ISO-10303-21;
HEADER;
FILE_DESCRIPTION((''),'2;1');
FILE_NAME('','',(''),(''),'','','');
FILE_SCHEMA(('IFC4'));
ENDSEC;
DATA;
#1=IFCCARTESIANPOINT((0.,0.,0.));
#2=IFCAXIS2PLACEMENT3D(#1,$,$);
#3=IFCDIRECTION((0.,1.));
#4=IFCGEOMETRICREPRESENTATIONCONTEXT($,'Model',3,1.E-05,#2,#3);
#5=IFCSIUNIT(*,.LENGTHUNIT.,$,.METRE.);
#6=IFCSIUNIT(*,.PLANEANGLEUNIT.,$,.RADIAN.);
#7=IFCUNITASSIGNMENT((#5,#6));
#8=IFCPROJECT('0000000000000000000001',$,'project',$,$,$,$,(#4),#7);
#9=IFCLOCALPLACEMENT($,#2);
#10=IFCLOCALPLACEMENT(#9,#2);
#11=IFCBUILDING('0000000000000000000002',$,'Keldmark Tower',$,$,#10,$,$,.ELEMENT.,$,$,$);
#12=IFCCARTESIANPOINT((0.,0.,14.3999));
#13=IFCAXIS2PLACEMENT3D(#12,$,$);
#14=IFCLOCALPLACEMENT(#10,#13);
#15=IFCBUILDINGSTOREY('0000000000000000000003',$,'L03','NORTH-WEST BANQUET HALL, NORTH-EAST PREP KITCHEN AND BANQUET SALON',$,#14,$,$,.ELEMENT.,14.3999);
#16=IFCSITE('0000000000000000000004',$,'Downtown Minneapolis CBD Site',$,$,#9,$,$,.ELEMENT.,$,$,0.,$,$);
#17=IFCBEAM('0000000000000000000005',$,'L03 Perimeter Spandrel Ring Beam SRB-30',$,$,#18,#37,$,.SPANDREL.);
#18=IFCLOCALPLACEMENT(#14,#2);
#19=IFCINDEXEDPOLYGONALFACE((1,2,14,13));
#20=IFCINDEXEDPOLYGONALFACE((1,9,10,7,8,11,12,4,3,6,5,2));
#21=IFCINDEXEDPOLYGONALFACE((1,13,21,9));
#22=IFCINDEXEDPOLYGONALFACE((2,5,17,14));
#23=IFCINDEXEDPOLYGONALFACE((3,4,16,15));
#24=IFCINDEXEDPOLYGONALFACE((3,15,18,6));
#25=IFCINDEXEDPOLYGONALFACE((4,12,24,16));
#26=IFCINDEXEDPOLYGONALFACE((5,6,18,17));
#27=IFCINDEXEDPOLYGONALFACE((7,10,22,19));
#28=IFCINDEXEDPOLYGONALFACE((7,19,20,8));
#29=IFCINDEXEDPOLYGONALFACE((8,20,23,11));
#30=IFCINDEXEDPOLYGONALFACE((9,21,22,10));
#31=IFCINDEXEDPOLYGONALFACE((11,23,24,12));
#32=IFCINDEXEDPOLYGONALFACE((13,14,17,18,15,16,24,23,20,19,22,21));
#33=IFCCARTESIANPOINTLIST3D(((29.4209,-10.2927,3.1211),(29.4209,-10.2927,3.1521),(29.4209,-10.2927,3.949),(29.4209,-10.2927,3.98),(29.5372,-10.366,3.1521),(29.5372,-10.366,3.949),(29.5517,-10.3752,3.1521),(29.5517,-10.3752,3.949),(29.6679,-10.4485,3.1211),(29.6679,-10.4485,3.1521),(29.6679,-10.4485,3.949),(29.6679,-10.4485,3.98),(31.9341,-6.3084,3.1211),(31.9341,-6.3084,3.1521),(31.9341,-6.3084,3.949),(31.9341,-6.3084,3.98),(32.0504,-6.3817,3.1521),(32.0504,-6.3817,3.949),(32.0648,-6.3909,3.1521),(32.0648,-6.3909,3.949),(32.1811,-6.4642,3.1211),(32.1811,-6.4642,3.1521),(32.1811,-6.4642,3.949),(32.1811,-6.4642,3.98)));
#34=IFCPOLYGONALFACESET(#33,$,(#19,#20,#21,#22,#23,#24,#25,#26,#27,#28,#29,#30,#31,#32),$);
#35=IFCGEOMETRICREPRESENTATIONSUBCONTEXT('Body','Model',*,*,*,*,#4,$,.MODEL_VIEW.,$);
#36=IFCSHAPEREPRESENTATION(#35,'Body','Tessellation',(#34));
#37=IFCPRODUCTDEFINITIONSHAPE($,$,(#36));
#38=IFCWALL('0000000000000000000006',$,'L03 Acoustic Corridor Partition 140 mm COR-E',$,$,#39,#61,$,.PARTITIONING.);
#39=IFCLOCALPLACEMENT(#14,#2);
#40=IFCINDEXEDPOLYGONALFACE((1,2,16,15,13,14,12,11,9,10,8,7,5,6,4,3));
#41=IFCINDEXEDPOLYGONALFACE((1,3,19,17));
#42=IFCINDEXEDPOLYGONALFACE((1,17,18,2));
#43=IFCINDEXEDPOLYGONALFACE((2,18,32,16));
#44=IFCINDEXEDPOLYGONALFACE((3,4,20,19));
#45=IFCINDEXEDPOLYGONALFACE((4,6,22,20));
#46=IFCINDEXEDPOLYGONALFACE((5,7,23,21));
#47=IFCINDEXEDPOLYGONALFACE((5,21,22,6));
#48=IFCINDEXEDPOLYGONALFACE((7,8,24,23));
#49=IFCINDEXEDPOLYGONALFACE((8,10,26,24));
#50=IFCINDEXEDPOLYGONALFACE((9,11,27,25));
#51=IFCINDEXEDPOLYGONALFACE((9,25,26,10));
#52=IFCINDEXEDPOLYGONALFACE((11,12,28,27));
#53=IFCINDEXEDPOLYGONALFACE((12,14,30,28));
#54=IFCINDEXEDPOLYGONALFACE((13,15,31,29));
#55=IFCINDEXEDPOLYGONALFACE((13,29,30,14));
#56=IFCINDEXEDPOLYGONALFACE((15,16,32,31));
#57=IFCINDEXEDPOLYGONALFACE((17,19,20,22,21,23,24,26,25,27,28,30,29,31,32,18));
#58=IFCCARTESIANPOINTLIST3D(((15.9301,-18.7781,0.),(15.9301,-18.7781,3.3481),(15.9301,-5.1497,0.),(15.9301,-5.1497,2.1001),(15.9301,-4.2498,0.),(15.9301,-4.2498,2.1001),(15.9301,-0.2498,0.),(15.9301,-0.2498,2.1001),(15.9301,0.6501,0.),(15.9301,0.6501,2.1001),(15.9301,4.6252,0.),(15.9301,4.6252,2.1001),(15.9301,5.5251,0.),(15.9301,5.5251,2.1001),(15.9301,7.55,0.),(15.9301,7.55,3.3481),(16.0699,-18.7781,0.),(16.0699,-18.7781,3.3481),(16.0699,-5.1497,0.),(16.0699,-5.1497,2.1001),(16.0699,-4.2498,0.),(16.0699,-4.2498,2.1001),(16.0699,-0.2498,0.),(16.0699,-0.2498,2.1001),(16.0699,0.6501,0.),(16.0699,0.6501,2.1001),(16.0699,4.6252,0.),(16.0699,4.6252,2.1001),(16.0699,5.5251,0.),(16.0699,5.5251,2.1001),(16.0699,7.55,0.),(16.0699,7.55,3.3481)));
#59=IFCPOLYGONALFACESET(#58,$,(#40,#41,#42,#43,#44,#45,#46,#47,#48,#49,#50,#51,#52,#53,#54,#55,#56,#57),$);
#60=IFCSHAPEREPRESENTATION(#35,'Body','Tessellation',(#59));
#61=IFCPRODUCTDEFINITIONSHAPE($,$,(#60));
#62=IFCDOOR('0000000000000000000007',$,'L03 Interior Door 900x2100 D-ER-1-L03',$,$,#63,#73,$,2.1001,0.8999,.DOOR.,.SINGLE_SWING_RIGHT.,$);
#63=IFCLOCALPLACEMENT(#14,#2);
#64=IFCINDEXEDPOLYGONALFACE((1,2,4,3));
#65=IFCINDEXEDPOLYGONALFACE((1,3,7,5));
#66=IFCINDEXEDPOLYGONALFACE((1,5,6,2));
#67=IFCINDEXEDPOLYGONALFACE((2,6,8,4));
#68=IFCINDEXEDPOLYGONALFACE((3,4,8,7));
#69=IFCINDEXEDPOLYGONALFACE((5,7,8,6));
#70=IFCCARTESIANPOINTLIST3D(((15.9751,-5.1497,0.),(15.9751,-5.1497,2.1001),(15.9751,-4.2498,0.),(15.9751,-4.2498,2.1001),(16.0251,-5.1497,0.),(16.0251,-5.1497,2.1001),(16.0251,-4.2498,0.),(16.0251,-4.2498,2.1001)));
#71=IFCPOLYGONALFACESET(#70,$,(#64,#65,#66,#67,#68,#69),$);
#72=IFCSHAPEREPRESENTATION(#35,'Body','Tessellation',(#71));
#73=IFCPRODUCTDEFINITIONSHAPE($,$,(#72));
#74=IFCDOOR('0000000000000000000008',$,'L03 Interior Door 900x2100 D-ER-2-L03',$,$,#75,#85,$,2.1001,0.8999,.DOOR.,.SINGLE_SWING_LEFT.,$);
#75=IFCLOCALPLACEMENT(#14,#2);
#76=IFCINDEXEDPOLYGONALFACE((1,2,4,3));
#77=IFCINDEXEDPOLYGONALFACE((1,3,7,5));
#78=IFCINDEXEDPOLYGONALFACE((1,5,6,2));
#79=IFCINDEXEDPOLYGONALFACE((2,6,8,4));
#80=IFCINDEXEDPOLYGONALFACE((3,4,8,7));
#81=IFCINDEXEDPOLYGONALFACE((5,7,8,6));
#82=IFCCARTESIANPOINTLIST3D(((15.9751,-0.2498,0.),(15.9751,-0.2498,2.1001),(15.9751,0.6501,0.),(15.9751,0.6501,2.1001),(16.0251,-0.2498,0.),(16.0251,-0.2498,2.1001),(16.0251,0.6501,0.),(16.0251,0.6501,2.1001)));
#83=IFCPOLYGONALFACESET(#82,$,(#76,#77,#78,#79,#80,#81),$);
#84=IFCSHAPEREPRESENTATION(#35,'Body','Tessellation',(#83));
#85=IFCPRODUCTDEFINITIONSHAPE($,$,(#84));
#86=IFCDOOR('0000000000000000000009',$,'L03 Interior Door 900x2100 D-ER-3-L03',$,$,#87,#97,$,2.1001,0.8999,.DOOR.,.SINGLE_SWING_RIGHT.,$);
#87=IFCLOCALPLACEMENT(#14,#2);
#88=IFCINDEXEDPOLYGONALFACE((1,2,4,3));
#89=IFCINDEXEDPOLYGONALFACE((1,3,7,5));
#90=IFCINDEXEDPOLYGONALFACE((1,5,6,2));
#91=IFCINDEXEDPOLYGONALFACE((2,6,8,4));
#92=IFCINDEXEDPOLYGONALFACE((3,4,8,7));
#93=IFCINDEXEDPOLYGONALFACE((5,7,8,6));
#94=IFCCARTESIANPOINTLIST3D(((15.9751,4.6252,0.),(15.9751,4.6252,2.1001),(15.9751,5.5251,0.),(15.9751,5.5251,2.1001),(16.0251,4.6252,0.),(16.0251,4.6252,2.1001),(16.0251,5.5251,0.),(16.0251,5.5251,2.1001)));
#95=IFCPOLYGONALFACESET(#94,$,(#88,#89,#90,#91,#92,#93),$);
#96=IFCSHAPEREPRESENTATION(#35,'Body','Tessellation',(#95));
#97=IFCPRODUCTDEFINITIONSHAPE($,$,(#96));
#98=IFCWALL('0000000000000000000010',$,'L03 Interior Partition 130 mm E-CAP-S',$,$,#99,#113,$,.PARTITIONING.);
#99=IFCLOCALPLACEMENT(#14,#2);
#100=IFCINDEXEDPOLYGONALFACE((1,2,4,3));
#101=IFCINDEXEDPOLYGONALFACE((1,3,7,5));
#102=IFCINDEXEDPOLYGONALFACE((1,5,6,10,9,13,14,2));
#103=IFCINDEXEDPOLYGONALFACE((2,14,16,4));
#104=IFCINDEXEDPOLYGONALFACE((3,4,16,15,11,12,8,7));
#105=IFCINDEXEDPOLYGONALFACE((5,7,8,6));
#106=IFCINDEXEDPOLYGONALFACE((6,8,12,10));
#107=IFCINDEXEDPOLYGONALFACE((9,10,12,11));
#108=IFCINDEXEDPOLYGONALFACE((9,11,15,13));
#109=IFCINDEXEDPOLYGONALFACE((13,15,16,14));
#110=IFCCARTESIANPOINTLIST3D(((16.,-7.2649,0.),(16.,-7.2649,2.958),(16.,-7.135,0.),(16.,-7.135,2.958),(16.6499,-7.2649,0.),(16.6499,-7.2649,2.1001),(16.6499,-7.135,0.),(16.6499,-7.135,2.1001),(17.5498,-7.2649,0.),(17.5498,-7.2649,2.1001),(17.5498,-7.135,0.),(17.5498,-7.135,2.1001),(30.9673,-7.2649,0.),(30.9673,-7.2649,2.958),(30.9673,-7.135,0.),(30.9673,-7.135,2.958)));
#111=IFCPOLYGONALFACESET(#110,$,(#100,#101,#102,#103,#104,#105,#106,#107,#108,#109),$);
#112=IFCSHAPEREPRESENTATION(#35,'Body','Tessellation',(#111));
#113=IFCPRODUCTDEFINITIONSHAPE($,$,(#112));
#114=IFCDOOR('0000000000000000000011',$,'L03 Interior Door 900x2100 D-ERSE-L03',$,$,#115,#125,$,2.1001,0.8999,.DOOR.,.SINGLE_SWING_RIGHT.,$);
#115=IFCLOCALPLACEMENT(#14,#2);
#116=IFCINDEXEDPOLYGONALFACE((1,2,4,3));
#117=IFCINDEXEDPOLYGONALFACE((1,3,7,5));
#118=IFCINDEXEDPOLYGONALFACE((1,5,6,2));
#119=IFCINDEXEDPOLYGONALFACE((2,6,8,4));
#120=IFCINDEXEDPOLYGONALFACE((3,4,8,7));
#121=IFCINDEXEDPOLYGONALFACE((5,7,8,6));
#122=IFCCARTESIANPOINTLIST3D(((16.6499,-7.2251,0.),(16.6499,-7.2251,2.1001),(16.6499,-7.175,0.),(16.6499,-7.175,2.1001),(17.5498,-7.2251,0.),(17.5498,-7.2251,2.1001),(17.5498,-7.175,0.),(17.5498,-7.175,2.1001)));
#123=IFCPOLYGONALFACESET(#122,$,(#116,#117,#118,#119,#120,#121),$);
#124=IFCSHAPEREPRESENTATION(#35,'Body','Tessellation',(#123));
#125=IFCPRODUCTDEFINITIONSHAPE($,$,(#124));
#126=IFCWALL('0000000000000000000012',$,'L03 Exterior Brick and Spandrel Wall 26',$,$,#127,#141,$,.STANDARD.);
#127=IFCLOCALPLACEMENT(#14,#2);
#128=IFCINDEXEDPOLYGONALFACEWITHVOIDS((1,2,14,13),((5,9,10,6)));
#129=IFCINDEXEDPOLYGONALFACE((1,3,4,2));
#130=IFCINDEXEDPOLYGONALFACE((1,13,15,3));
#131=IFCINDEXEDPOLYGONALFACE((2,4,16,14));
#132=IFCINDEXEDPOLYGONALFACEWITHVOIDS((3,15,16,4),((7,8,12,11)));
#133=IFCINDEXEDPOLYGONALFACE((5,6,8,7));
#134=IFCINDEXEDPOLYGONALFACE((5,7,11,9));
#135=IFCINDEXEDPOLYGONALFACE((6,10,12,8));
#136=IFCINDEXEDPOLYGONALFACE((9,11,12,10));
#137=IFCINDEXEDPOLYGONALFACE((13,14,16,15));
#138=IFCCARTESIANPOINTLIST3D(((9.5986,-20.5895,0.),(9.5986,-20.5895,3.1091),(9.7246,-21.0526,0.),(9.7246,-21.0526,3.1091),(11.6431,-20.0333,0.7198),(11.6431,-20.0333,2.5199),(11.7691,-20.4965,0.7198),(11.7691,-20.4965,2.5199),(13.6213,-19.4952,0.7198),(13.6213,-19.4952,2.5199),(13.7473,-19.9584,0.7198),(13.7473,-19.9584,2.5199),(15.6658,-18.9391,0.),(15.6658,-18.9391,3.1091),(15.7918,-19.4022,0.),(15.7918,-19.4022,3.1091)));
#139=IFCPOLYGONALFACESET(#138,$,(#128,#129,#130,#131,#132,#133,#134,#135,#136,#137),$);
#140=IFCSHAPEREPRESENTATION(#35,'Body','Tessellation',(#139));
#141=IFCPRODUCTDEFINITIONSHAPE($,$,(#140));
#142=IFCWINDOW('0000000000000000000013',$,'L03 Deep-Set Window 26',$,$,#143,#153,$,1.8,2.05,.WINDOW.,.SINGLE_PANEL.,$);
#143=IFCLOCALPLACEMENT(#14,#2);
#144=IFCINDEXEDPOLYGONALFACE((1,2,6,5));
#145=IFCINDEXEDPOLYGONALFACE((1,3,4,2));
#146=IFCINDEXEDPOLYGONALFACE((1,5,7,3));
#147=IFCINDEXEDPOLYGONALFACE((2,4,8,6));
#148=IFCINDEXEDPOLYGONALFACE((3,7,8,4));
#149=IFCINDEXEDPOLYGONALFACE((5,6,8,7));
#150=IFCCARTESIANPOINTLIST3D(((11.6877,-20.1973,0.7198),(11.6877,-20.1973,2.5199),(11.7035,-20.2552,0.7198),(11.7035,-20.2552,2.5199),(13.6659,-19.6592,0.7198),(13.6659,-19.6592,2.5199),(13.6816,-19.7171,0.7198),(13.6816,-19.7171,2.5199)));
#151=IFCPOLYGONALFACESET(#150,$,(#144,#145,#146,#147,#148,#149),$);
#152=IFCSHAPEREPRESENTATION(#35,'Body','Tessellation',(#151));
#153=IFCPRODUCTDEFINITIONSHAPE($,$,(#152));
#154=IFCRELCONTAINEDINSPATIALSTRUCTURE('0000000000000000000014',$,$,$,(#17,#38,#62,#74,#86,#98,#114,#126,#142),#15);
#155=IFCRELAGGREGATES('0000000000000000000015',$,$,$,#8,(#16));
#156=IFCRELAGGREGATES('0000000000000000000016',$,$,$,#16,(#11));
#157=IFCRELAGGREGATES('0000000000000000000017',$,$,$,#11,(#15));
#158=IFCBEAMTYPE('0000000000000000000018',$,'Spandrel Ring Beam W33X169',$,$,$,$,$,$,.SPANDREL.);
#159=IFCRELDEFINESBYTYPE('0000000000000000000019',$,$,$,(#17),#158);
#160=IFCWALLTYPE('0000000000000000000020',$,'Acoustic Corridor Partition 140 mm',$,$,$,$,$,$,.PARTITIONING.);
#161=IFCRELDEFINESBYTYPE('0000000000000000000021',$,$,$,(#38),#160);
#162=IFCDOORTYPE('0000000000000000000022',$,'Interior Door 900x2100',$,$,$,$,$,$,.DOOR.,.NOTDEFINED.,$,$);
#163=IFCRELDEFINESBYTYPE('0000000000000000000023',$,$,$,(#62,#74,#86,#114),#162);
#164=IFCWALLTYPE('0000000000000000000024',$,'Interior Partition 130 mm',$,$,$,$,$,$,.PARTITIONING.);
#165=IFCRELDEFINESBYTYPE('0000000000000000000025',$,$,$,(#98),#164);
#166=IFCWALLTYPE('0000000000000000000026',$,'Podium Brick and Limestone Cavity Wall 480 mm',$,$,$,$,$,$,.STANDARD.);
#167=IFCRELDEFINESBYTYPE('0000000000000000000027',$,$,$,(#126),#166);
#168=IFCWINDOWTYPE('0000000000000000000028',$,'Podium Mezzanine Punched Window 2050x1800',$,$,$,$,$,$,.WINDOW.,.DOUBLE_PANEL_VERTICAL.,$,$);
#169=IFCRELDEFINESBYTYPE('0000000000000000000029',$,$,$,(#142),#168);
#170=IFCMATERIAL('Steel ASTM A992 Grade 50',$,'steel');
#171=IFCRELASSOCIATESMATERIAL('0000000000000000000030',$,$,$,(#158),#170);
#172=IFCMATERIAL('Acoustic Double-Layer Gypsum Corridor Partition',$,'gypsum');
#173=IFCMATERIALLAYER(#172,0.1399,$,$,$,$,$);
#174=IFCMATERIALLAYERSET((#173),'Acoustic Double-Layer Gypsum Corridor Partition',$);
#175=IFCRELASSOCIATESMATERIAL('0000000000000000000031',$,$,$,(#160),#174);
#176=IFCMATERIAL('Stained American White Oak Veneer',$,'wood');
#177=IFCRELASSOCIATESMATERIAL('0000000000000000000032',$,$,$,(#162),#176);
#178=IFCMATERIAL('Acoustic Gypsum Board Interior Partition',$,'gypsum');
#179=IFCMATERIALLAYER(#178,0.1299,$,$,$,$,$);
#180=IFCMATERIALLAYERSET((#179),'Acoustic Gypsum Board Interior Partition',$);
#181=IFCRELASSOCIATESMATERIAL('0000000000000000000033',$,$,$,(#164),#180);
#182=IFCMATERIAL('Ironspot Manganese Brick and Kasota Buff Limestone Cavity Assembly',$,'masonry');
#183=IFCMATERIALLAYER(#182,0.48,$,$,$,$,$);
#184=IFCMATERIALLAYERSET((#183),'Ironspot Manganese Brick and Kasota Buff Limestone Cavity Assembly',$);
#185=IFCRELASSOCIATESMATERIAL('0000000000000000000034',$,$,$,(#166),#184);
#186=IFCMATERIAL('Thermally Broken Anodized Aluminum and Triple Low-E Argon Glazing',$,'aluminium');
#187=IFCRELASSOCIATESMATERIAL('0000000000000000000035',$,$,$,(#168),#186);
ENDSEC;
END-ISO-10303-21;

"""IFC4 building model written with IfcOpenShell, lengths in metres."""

from ifc_helpers import new_model, si_unit, direction, frame, frame_2d, origin, origin_2d, place, context, subcontext, project, spatial, rectangle, i_section, extrude, material, layer, layer_set, material_profile, profile_set, type_object, element, fill, save


model = new_model("IFC4")

# Units and contexts
model_context = context("Model", 3, precision=1e-05, world=origin(), true_north=direction((0.0, 1.0)))
body_context = subcontext(model_context, "Body", "Model", "MODEL_VIEW")
ifc_project = project(units=[si_unit("LENGTHUNIT", "METRE"), si_unit("PLANEANGLEUNIT", "RADIAN")], contexts=[model_context])

# Site, building, storey
site_placement = place(None, origin())
site = spatial("IfcSite", under=ifc_project, at=site_placement, Name="Downtown Minneapolis CBD Site", CompositionType="ELEMENT", RefElevation=0.0)
building_placement = place(site_placement, origin())
building = spatial("IfcBuilding", under=site, at=building_placement, Name="Keldmark Tower", CompositionType="ELEMENT")
storey_placement = place(building_placement, frame((0.0, 0.0, 14.3999)))
storey = spatial("IfcBuildingStorey", under=building, at=storey_placement, Name="L03", Description="NORTH-WEST BANQUET HALL, NORTH-EAST PREP KITCHEN AND BANQUET SALON", CompositionType="ELEMENT", Elevation=14.3999)

# Beam
ifc_material_1 = material(Name="Steel ASTM A992 Grade 50", Category="steel")
ifc_material_profile_1 = material_profile(ifc_material_1, i_section(OverallWidth=0.292, OverallDepth=0.8589, WebThickness=0.0171, FlangeThickness=0.031, at=origin_2d()), Name="W33X169")
ifc_profile_set_1 = profile_set([ifc_material_profile_1], Name="Steel ASTM A992 Grade 50")
beam_type_1 = type_object("IfcBeamType", Name="Spandrel Ring Beam W33X169", PredefinedType="SPANDREL", material=ifc_profile_set_1)
beam_1_placement = place(storey_placement, frame((29.5444, -10.3706, 3.5505), z_axis=(0.533498, 0.845802, 0.0), x_axis=(-0.845802, 0.533498, 0.0)))
element("IfcBeam", 1, at=beam_1_placement, inside=storey, type_object=beam_type_1, Name="L03 Perimeter Spandrel Ring Beam SRB-30", PredefinedType="SPANDREL", context=body_context, shape_type="SweptSolid", body=[
    extrude(i_section(OverallWidth=0.292, OverallDepth=0.8589, WebThickness=0.0171, FlangeThickness=0.031, at=origin_2d()), origin(), (0.0, 0.0, 1.0), 4.7107),
])

# Wall, openings, doors
ifc_material_2 = material(Name="Acoustic Double-Layer Gypsum Corridor Partition", Category="gypsum")
ifc_layer_1 = layer(ifc_material_2, 0.1399)
ifc_layer_set_1 = layer_set([ifc_layer_1], Name="Acoustic Double-Layer Gypsum Corridor Partition")
wall_type_1 = type_object("IfcWallType", Name="Acoustic Corridor Partition 140 mm", PredefinedType="PARTITIONING", material=ifc_layer_set_1)
wall_1_placement = place(storey_placement, frame((16.0, -18.7781, 0.0), z_axis=(0.0, 0.0, 1.0), x_axis=(0.0, 1.0, 0.0)))
wall_1 = element("IfcWall", 2, at=wall_1_placement, inside=storey, type_object=wall_type_1, Name="L03 Acoustic Corridor Partition 140 mm COR-E", PredefinedType="PARTITIONING", context=body_context, shape_type="SweptSolid", body=[
    extrude(rectangle(XDim=26.3281, YDim=0.1399, at=frame_2d((13.1641, 0.0))), origin(), (0.0, 0.0, 1.0), 3.3481),
])
opening_1_placement = place(wall_1_placement, frame((13.6284, 0.0, 0.0)))
opening_1 = element("IfcOpeningElement", 3, at=opening_1_placement, cuts=wall_1, PredefinedType="OPENING", context=body_context, shape_type="SweptSolid", body=[
    extrude(rectangle(XDim=0.8999, YDim=2.1001, at=frame_2d((0.45, 1.05))), frame((0.0, 0.0798, 0.0), z_axis=(0.0, -1.0, 0.0), x_axis=(1.0, 0.0, 0.0)), (0.0, 0.0, 1.0), 0.1599),
])
opening_2_placement = place(wall_1_placement, frame((18.5283, 0.0, 0.0)))
opening_2 = element("IfcOpeningElement", 4, at=opening_2_placement, cuts=wall_1, PredefinedType="OPENING", context=body_context, shape_type="SweptSolid", body=[
    extrude(rectangle(XDim=0.8999, YDim=2.1001, at=frame_2d((0.45, 1.05))), frame((0.0, 0.0798, 0.0), z_axis=(0.0, -1.0, 0.0), x_axis=(1.0, 0.0, 0.0)), (0.0, 0.0, 1.0), 0.1599),
])
opening_3_placement = place(wall_1_placement, frame((23.4033, 0.0, 0.0)))
opening_3 = element("IfcOpeningElement", 5, at=opening_3_placement, cuts=wall_1, PredefinedType="OPENING", context=body_context, shape_type="SweptSolid", body=[
    extrude(rectangle(XDim=0.8999, YDim=2.1001, at=frame_2d((0.45, 1.05))), frame((0.0, 0.0798, 0.0), z_axis=(0.0, -1.0, 0.0), x_axis=(1.0, 0.0, 0.0)), (0.0, 0.0, 1.0), 0.1599),
])
ifc_material_3 = material(Name="Stained American White Oak Veneer", Category="wood")
door_type = type_object("IfcDoorType", Name="Interior Door 900x2100", OperationType="NOTDEFINED", PredefinedType="DOOR", material=ifc_material_3)
door_1_placement = place(opening_1_placement, origin())
door_1 = element("IfcDoor", 6, at=door_1_placement, inside=storey, type_object=door_type, Name="L03 Interior Door 900x2100 D-ER-1-L03", OperationType="SINGLE_SWING_RIGHT", OverallHeight=2.1001, OverallWidth=0.8999, PredefinedType="DOOR", context=body_context, shape_type="SweptSolid", body=[
    extrude(rectangle(XDim=0.8999, YDim=2.1001, at=frame_2d((0.45, 1.05))), frame((0.0, 0.0249, 0.0), z_axis=(0.0, -1.0, 0.0), x_axis=(1.0, 0.0, 0.0)), (0.0, 0.0, 1.0), 0.05),
])
fill(opening_1, door_1)
door_2_placement = place(opening_2_placement, origin())
door_2 = element("IfcDoor", 7, at=door_2_placement, inside=storey, type_object=door_type, Name="L03 Interior Door 900x2100 D-ER-2-L03", OperationType="SINGLE_SWING_LEFT", OverallHeight=2.1001, OverallWidth=0.8999, PredefinedType="DOOR", context=body_context, shape_type="SweptSolid", body=[
    extrude(rectangle(XDim=0.8999, YDim=2.1001, at=frame_2d((0.45, 1.05))), frame((0.0, 0.0249, 0.0), z_axis=(0.0, -1.0, 0.0), x_axis=(1.0, 0.0, 0.0)), (0.0, 0.0, 1.0), 0.05),
])
fill(opening_2, door_2)
door_3_placement = place(opening_3_placement, origin())
door_3 = element("IfcDoor", 8, at=door_3_placement, inside=storey, type_object=door_type, Name="L03 Interior Door 900x2100 D-ER-3-L03", OperationType="SINGLE_SWING_RIGHT", OverallHeight=2.1001, OverallWidth=0.8999, PredefinedType="DOOR", context=body_context, shape_type="SweptSolid", body=[
    extrude(rectangle(XDim=0.8999, YDim=2.1001, at=frame_2d((0.45, 1.05))), frame((0.0, 0.0249, 0.0), z_axis=(0.0, -1.0, 0.0), x_axis=(1.0, 0.0, 0.0)), (0.0, 0.0, 1.0), 0.05),
])
fill(opening_3, door_3)

# Wall, opening, door
ifc_material_4 = material(Name="Acoustic Gypsum Board Interior Partition", Category="gypsum")
ifc_layer_2 = layer(ifc_material_4, 0.1299)
ifc_layer_set_2 = layer_set([ifc_layer_2], Name="Acoustic Gypsum Board Interior Partition")
wall_type_2 = type_object("IfcWallType", Name="Interior Partition 130 mm", PredefinedType="PARTITIONING", material=ifc_layer_set_2)
wall_2_placement = place(storey_placement, frame((16.0, -7.2, 0.0), z_axis=(0.0, 0.0, 1.0), x_axis=(1.0, 0.0, 0.0)))
wall_2 = element("IfcWall", 9, at=wall_2_placement, inside=storey, type_object=wall_type_2, Name="L03 Interior Partition 130 mm E-CAP-S", PredefinedType="PARTITIONING", context=body_context, shape_type="SweptSolid", body=[
    extrude(rectangle(XDim=14.9673, YDim=0.1299, at=frame_2d((7.4836, 0.0))), origin(), (0.0, 0.0, 1.0), 2.958),
])
opening_4_placement = place(wall_2_placement, frame((0.6499, 0.0, 0.0)))
opening_4 = element("IfcOpeningElement", 10, at=opening_4_placement, cuts=wall_2, PredefinedType="OPENING", context=body_context, shape_type="SweptSolid", body=[
    extrude(rectangle(XDim=0.8999, YDim=2.1001, at=frame_2d((0.45, 1.05))), frame((0.0, 0.075, 0.0), z_axis=(0.0, -1.0, 0.0), x_axis=(1.0, 0.0, 0.0)), (0.0, 0.0, 1.0), 0.1499),
])
door_4_placement = place(opening_4_placement, origin())
door_4 = element("IfcDoor", 11, at=door_4_placement, inside=storey, type_object=door_type, Name="L03 Interior Door 900x2100 D-ERSE-L03", OperationType="SINGLE_SWING_RIGHT", OverallHeight=2.1001, OverallWidth=0.8999, PredefinedType="DOOR", context=body_context, shape_type="SweptSolid", body=[
    extrude(rectangle(XDim=0.8999, YDim=2.1001, at=frame_2d((0.45, 1.05))), frame((0.0, 0.0249, 0.0), z_axis=(0.0, -1.0, 0.0), x_axis=(1.0, 0.0, 0.0)), (0.0, 0.0, 1.0), 0.05),
])
fill(opening_4, door_4)

# Wall, opening, window
ifc_material_5 = material(Name="Ironspot Manganese Brick and Kasota Buff Limestone Cavity Assembly", Category="masonry")
ifc_layer_3 = layer(ifc_material_5, 0.48)
ifc_layer_set_3 = layer_set([ifc_layer_3], Name="Ironspot Manganese Brick and Kasota Buff Limestone Cavity Assembly")
wall_type_3 = type_object("IfcWallType", Name="Podium Brick and Limestone Cavity Wall 480 mm", PredefinedType="STANDARD", material=ifc_layer_set_3)
wall_3_placement = place(storey_placement, frame((15.7288, -19.1707, 0.0), z_axis=(0.0, 0.0, 1.0), x_axis=(-0.964937, -0.262483, 0.0)))
wall_3 = element("IfcWall", 12, at=wall_3_placement, inside=storey, type_object=wall_type_3, Name="L03 Exterior Brick and Spandrel Wall 26", PredefinedType="STANDARD", context=body_context, shape_type="SweptSolid", body=[
    extrude(rectangle(XDim=6.2876, YDim=0.48, at=frame_2d((3.1438, 0.0))), origin(), (0.0, 0.0, 1.0), 3.1091),
])
opening_5_placement = place(wall_3_placement, frame((2.1189, 0.0, 0.72)))
opening_5 = element("IfcOpeningElement", 13, at=opening_5_placement, cuts=wall_3, PredefinedType="OPENING", context=body_context, shape_type="SweptSolid", body=[
    extrude(rectangle(XDim=2.05, YDim=1.8, at=frame_2d((1.0249, 0.8999))), frame((0.0, 0.25, 0.0), z_axis=(0.0, -1.0, 0.0), x_axis=(1.0, 0.0, 0.0)), (0.0, 0.0, 1.0), 0.5),
])
ifc_material_6 = material(Name="Thermally Broken Anodized Aluminum and Triple Low-E Argon Glazing", Category="aluminium")
window_type = type_object("IfcWindowType", Name="Podium Mezzanine Punched Window 2050x1800", PartitioningType="DOUBLE_PANEL_VERTICAL", PredefinedType="WINDOW", material=ifc_material_6)
window_1_placement = place(opening_5_placement, origin())
window_1 = element("IfcWindow", 14, at=window_1_placement, inside=storey, type_object=window_type, Name="L03 Deep-Set Window 26", OverallHeight=1.8, OverallWidth=2.05, PartitioningType="SINGLE_PANEL", PredefinedType="WINDOW", context=body_context, shape_type="SweptSolid", body=[
    extrude(rectangle(XDim=2.05, YDim=1.8, at=frame_2d((1.0249, 0.8999))), frame((0.0, -0.01, 0.0), z_axis=(0.0, -1.0, 0.0), x_axis=(1.0, 0.0, 0.0)), (0.0, 0.0, 1.0), 0.0601),
])
fill(opening_5, window_1)

save(model, "model.ifc")
